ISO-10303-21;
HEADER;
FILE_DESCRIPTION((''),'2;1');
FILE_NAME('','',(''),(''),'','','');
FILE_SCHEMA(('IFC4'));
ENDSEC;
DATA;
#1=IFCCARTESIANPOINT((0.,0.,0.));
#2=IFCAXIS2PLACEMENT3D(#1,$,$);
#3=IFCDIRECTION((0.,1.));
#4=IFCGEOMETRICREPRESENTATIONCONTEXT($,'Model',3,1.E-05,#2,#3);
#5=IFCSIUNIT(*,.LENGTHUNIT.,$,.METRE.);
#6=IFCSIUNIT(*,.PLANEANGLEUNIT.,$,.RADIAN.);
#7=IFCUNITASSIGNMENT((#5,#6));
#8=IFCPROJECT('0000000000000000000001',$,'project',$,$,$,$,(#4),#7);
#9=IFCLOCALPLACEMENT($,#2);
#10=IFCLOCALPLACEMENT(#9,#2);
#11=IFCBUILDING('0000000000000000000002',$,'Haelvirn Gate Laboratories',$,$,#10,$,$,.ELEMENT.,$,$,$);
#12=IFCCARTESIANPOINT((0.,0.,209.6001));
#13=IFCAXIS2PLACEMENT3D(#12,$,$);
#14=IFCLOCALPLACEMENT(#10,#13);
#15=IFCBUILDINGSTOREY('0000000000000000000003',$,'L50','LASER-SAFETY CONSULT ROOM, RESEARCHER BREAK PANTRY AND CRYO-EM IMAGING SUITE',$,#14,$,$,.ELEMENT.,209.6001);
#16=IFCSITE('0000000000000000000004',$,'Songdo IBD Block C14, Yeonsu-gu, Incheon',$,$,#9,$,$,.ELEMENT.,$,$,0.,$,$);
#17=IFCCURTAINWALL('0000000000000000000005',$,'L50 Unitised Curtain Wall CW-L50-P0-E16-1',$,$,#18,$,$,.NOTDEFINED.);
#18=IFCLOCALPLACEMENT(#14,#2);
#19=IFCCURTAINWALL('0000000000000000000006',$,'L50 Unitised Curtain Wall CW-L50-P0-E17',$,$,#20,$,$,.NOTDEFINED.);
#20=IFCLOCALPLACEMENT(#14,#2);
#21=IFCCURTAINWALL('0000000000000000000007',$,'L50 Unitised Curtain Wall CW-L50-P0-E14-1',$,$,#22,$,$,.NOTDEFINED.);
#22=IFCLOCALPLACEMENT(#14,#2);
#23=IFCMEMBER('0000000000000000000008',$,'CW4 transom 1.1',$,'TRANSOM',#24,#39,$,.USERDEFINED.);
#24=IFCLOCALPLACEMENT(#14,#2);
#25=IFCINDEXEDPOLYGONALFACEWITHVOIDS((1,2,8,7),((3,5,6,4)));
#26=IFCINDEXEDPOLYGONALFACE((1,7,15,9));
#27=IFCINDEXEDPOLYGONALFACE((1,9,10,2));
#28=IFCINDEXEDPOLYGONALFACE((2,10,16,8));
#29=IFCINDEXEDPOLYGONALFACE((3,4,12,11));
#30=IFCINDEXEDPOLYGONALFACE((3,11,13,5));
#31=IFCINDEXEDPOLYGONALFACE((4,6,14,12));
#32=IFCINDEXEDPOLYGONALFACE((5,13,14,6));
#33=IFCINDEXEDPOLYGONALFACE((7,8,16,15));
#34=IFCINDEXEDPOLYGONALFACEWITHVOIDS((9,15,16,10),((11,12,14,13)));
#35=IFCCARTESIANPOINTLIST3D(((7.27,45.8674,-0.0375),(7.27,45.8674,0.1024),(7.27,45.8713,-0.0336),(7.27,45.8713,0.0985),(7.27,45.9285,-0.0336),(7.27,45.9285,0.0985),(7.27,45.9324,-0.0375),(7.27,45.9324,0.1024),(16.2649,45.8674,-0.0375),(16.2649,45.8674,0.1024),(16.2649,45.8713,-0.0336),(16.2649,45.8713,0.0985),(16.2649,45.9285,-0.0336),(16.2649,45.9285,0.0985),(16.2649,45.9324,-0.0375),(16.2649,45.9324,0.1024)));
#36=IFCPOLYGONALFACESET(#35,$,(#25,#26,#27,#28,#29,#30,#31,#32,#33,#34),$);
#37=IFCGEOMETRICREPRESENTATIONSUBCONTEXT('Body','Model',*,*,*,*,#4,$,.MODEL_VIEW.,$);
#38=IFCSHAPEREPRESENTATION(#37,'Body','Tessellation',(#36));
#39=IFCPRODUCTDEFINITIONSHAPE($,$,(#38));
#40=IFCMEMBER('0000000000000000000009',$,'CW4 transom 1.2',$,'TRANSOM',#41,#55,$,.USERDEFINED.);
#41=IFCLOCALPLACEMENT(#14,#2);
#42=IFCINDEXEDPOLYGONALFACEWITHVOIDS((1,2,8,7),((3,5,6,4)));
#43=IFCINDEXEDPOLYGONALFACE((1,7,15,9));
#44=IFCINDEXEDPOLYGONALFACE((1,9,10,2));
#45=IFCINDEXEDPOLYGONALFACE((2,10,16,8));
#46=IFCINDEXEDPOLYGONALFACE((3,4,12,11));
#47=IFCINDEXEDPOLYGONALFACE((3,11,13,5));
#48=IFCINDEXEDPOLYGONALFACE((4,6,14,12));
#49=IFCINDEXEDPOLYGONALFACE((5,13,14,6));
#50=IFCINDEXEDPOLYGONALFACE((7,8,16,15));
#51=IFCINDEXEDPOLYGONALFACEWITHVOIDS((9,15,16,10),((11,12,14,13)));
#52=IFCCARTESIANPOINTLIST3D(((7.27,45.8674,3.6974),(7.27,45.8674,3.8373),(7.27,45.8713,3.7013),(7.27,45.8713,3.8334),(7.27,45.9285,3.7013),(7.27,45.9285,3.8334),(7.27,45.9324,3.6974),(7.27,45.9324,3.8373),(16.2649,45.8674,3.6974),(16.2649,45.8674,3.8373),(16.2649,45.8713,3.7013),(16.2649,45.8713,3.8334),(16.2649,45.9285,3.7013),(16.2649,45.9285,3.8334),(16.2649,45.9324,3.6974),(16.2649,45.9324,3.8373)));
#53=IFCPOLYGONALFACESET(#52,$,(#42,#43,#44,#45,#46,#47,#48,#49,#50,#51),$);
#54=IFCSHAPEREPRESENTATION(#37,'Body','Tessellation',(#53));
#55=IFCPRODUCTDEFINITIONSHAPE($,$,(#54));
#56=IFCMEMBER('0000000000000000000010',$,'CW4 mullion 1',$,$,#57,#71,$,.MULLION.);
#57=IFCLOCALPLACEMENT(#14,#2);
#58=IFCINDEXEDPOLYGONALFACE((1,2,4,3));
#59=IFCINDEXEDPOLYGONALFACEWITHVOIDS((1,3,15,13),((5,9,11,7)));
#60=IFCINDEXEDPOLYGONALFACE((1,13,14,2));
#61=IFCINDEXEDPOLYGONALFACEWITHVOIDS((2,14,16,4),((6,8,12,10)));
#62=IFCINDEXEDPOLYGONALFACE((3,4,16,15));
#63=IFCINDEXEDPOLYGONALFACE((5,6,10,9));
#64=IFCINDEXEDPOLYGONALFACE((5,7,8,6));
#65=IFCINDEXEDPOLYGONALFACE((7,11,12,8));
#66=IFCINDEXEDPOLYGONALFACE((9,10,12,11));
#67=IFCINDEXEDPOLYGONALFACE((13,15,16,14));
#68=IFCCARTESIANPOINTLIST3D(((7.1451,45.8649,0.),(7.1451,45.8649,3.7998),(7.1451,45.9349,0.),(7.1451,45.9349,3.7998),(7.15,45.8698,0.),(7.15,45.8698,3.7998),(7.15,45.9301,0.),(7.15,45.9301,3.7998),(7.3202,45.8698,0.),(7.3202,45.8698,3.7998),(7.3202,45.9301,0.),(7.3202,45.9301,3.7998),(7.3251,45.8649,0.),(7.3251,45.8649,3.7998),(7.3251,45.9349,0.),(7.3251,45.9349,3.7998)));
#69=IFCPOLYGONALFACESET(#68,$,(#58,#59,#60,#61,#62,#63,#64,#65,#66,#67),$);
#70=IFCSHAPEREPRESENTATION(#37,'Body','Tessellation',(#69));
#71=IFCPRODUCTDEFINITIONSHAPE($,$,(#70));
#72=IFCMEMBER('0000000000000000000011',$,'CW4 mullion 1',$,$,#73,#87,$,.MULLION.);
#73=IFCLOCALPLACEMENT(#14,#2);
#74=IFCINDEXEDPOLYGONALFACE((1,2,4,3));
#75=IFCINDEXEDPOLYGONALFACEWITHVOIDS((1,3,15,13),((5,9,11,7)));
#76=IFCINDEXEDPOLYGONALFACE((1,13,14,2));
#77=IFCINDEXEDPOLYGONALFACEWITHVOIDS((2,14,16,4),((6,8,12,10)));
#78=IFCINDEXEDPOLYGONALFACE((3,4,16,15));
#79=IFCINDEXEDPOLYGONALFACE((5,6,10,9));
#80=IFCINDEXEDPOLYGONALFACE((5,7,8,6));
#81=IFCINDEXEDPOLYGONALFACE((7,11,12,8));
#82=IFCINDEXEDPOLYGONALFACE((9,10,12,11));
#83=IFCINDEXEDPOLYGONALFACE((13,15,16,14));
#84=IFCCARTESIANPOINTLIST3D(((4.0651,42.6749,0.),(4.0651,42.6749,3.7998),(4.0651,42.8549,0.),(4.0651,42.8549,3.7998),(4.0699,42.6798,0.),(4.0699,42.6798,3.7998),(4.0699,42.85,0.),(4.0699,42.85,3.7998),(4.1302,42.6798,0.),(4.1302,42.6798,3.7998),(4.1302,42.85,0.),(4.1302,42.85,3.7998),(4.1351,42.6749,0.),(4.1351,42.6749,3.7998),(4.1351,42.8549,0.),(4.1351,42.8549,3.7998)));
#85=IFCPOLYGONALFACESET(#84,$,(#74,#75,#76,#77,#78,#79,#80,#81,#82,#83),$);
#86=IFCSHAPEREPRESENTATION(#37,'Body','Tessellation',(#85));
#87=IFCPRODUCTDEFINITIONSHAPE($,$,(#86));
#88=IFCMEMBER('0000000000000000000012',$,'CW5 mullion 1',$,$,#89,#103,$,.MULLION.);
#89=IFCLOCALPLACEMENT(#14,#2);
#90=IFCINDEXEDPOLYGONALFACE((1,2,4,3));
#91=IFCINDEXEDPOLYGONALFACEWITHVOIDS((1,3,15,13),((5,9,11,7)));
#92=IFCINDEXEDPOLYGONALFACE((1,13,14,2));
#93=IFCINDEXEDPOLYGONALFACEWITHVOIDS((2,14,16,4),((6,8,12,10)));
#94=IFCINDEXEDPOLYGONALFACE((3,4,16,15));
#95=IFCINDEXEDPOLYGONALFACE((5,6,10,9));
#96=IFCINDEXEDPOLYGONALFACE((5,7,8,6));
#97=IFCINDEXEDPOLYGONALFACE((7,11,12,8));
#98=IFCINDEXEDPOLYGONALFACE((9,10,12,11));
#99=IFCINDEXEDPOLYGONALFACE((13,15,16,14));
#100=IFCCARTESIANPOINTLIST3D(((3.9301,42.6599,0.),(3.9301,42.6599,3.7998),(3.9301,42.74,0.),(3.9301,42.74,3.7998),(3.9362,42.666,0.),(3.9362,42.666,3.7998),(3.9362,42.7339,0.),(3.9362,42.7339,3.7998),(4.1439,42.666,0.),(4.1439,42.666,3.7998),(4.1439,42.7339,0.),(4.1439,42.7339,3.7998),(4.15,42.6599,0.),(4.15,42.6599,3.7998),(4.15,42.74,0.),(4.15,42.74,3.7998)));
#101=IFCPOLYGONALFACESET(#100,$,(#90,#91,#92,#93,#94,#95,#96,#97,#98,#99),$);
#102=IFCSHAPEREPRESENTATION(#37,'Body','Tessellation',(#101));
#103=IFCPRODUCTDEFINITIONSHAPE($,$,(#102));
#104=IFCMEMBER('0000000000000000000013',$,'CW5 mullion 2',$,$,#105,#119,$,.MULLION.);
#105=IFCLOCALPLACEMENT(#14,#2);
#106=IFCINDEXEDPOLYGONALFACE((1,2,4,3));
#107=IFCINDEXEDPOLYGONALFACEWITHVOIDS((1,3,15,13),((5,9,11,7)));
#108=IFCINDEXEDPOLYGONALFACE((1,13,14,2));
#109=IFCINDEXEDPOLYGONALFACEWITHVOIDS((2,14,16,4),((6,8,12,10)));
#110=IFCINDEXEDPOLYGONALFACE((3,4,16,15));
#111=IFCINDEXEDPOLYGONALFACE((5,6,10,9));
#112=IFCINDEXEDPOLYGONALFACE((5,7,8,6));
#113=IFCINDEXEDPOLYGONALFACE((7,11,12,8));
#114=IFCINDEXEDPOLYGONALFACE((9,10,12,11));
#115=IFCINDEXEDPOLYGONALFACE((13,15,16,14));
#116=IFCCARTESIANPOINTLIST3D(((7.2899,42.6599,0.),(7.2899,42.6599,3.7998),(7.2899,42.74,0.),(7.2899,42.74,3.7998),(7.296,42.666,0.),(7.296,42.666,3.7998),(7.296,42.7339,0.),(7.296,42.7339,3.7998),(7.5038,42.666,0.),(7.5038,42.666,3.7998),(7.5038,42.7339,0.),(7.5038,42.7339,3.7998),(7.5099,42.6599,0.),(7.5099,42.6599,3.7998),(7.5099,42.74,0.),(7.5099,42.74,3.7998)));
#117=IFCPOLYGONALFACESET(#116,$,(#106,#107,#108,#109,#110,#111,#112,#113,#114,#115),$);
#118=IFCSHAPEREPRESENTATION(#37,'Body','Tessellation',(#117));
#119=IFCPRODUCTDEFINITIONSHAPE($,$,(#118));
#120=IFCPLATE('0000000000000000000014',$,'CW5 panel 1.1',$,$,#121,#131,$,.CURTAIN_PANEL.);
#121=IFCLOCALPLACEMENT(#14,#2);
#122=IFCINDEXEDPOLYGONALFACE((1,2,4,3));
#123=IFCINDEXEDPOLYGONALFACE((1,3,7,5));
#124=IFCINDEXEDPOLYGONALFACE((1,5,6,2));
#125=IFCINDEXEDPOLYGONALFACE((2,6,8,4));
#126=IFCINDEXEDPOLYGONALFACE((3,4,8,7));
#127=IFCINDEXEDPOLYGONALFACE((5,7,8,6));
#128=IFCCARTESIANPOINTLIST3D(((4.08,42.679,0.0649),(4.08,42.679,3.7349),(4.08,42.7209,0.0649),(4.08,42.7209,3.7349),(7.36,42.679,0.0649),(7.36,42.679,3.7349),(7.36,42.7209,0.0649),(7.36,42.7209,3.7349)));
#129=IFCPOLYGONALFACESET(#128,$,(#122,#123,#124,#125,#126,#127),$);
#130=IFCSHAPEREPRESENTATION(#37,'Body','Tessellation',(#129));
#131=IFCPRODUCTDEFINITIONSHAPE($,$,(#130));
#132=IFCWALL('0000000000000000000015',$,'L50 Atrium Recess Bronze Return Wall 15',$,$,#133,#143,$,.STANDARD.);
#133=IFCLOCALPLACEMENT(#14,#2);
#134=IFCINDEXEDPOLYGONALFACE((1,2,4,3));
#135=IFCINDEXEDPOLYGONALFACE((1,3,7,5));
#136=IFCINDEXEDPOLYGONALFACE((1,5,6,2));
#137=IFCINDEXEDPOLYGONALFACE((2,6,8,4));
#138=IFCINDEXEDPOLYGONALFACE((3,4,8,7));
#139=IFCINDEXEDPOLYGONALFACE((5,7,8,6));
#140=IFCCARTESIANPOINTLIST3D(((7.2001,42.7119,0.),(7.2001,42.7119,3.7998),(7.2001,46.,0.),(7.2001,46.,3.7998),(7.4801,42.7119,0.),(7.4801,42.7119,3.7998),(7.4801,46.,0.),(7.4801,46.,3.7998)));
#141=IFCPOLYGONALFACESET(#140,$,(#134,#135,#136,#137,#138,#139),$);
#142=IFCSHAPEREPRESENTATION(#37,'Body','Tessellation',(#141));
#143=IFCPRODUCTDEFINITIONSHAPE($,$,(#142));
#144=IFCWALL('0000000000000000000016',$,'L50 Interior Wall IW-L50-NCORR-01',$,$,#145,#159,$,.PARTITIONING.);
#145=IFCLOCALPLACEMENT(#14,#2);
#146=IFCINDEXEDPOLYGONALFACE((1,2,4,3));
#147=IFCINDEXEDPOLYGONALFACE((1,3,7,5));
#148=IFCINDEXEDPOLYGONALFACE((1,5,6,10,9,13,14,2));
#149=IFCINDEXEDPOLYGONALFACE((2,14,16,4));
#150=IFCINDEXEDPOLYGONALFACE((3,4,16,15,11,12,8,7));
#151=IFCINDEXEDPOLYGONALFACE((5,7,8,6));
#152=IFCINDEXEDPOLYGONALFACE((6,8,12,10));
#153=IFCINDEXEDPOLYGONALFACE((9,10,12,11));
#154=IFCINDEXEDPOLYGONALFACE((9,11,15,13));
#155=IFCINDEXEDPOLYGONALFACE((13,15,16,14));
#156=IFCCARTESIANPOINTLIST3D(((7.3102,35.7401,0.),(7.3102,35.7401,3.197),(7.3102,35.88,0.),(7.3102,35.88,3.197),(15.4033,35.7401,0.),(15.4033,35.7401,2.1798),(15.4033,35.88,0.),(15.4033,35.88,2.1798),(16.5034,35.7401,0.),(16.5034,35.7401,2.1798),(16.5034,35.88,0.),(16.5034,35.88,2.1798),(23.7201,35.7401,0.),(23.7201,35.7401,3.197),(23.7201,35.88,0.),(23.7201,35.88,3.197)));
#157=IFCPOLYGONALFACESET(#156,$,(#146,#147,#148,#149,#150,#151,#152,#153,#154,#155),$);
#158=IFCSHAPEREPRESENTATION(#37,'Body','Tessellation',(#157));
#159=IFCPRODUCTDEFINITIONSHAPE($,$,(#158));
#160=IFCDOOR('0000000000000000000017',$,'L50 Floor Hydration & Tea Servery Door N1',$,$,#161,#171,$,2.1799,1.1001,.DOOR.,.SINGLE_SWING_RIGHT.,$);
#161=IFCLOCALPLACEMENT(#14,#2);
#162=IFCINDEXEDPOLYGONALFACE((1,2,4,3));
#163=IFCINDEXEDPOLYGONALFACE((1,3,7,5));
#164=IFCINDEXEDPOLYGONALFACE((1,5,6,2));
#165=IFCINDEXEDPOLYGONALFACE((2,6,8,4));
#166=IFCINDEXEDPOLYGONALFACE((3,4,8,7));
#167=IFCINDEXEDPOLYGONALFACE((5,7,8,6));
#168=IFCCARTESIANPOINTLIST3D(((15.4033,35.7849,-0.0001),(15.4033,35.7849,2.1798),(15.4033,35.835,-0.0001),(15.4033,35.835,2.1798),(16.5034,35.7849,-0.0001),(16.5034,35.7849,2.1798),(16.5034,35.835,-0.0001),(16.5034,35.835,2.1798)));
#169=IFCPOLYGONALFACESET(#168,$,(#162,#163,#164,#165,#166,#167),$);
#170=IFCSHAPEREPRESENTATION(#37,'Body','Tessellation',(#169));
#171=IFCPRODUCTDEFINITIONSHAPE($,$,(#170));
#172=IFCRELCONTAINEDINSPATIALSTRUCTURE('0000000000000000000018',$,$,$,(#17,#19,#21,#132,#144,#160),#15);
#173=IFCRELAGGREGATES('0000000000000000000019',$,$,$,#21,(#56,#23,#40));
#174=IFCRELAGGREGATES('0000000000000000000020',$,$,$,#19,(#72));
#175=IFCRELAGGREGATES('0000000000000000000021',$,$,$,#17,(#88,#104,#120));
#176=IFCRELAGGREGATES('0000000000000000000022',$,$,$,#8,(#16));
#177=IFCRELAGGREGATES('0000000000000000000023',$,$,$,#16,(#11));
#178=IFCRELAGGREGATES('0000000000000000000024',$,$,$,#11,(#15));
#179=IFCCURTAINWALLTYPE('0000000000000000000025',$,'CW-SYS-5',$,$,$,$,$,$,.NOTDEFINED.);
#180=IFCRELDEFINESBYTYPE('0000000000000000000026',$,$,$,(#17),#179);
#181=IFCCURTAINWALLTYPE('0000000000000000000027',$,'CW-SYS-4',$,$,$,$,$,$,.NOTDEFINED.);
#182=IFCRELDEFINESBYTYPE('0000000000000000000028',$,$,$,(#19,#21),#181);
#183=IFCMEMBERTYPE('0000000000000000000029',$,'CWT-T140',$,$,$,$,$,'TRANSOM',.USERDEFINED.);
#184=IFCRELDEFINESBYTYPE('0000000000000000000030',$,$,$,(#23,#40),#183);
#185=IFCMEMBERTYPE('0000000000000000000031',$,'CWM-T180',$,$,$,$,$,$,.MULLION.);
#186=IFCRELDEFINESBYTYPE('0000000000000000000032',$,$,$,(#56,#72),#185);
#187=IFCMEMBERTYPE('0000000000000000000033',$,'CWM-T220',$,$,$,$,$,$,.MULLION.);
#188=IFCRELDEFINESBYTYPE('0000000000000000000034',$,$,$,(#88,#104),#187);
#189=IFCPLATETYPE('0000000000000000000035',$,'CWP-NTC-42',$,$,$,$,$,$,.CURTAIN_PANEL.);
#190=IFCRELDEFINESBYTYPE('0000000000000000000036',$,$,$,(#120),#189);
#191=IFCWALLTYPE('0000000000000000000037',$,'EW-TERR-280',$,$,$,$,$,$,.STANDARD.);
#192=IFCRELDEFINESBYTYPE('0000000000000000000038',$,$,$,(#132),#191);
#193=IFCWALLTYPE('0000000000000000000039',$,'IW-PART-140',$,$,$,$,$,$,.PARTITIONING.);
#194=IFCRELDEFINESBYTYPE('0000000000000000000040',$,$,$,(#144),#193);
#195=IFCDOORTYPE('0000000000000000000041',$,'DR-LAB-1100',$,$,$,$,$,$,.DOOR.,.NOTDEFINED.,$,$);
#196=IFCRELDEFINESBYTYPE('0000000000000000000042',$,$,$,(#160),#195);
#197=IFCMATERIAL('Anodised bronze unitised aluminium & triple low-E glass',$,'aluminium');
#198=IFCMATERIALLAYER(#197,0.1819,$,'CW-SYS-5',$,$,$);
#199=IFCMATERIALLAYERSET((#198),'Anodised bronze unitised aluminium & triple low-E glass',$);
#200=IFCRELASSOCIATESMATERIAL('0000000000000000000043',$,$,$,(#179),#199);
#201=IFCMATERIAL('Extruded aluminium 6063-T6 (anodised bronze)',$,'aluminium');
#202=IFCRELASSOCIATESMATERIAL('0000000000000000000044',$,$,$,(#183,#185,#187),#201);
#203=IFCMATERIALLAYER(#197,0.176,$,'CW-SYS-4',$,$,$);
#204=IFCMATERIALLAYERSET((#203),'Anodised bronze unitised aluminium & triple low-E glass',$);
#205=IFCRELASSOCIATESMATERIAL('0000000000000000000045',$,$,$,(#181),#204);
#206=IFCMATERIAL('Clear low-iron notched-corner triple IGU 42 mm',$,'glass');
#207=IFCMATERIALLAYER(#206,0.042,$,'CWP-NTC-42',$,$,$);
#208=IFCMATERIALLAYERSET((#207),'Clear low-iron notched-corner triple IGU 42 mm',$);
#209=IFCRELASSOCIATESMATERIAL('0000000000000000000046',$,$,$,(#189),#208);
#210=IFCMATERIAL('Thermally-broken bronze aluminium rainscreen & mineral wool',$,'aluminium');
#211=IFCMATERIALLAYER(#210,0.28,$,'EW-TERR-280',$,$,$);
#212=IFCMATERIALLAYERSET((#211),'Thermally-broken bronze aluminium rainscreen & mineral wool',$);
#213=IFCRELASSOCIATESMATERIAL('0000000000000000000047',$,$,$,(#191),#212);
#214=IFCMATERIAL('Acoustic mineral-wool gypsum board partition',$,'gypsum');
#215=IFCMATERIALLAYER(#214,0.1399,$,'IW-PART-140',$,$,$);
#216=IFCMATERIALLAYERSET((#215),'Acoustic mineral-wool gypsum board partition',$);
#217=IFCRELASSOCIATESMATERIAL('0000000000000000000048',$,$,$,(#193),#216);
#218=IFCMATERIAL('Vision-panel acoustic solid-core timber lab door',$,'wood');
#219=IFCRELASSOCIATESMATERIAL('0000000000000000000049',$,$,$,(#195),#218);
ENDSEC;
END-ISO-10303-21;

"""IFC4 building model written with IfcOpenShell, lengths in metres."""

from ifc_helpers import new_model, si_unit, direction, frame, frame_2d, origin, origin_2d, place, context, subcontext, project, spatial, rectangle, hollow_rectangle, extrude, source, transform, mapped, material, layer, layer_set, material_profile, profile_set, type_object, type_shapes, element, fill, aggregate, save


model = new_model("IFC4")

# Units and contexts
model_context = context("Model", 3, precision=1e-05, world=origin(), true_north=direction((0.0, 1.0)))
body_context = subcontext(model_context, "Body", "Model", "MODEL_VIEW")
ifc_project = project(units=[si_unit("LENGTHUNIT", "METRE"), si_unit("PLANEANGLEUNIT", "RADIAN")], contexts=[model_context])

# Site, building, storey
site_placement = place(None, origin())
site = spatial("IfcSite", under=ifc_project, at=site_placement, Name="Songdo IBD Block C14, Yeonsu-gu, Incheon", CompositionType="ELEMENT", RefElevation=0.0)
building_placement = place(site_placement, origin())
building = spatial("IfcBuilding", under=site, at=building_placement, Name="Haelvirn Gate Laboratories", CompositionType="ELEMENT")
storey_placement = place(building_placement, frame((0.0, 0.0, 209.6001)))
storey = spatial("IfcBuildingStorey", under=building, at=storey_placement, Name="L50", Description="LASER-SAFETY CONSULT ROOM, RESEARCHER BREAK PANTRY AND CRYO-EM IMAGING SUITE", CompositionType="ELEMENT", Elevation=209.6001)

# Curtain walls, members
ifc_material_1 = material(Name="Anodised bronze unitised aluminium & triple low-E glass", Category="aluminium")
ifc_layer_1 = layer(ifc_material_1, 0.1819, Name="CW-SYS-5")
ifc_layer_set_1 = layer_set([ifc_layer_1], Name="Anodised bronze unitised aluminium & triple low-E glass")
curtain_wall_type_1 = type_object("IfcCurtainWallType", Name="CW-SYS-5", PredefinedType="NOTDEFINED", material=ifc_layer_set_1)
curtain_wall_1_placement = place(storey_placement, origin())
curtain_wall_1 = element("IfcCurtainWall", 1, at=curtain_wall_1_placement, inside=storey, type_object=curtain_wall_type_1, Name="L50 Unitised Curtain Wall CW-L50-P0-E16-1", PredefinedType="NOTDEFINED")
ifc_material_2 = material(Name="Extruded aluminium 6063-T6 (anodised bronze)", Category="aluminium")
ifc_material_profile_1 = material_profile(ifc_material_2, hollow_rectangle(XDim=0.0649, YDim=0.1399, WallThickness=0.0039, at=origin_2d()), Name="CWT-140x65x4")
ifc_profile_set_1 = profile_set([ifc_material_profile_1], Name="Extruded aluminium 6063-T6 (anodised bronze)")
member_type_1 = type_object("IfcMemberType", Name="CWT-T140", ElementType="TRANSOM", PredefinedType="USERDEFINED", material=ifc_profile_set_1)
ifc_layer_2 = layer(ifc_material_1, 0.176, Name="CW-SYS-4")
ifc_layer_set_2 = layer_set([ifc_layer_2], Name="Anodised bronze unitised aluminium & triple low-E glass")
curtain_wall_type_2 = type_object("IfcCurtainWallType", Name="CW-SYS-4", PredefinedType="NOTDEFINED", material=ifc_layer_set_2)
curtain_wall_2_placement = place(storey_placement, origin())
curtain_wall_2 = element("IfcCurtainWall", 2, at=curtain_wall_2_placement, inside=storey, type_object=curtain_wall_type_2, Name="L50 Unitised Curtain Wall CW-L50-P0-E17", PredefinedType="NOTDEFINED")
curtain_wall_3_placement = place(storey_placement, origin())
curtain_wall_3 = element("IfcCurtainWall", 3, at=curtain_wall_3_placement, inside=storey, type_object=curtain_wall_type_2, Name="L50 Unitised Curtain Wall CW-L50-P0-E14-1", PredefinedType="NOTDEFINED")
shared_shape_1 = source(origin(), body_context, "Body", "SweptSolid", [
    extrude(hollow_rectangle(XDim=0.0649, YDim=0.1399, WallThickness=0.0039, at=origin_2d()), origin(), (0.0, 0.0, 1.0), 8.9949),
])
member_1_placement = place(storey_placement, frame((7.27, 45.8999, 0.0325), z_axis=(1.0, 0.0, 0.0), x_axis=(0.0, 1.0, 0.0)))
member_1 = element("IfcMember", 4, at=member_1_placement, type_object=member_type_1, Name="CW4 transom 1.1", ObjectType="TRANSOM", PredefinedType="USERDEFINED", context=body_context, shape_type="MappedRepresentation", body=[
    mapped(shared_shape_1, transform((0.0, 0.0, 0.0), scale=1.0)),
])
member_2_placement = place(storey_placement, frame((7.27, 45.8999, 3.7673), z_axis=(1.0, 0.0, 0.0), x_axis=(0.0, 1.0, 0.0)))
member_2 = element("IfcMember", 5, at=member_2_placement, type_object=member_type_1, Name="CW4 transom 1.2", ObjectType="TRANSOM", PredefinedType="USERDEFINED", context=body_context, shape_type="MappedRepresentation", body=[
    mapped(shared_shape_1, transform((0.0, 0.0, 0.0), scale=1.0)),
])
ifc_material_profile_2 = material_profile(ifc_material_2, hollow_rectangle(XDim=0.0701, YDim=0.1799, WallThickness=0.0049, at=origin_2d()), Name="CWM-180x70x5")
ifc_profile_set_2 = profile_set([ifc_material_profile_2], Name="Extruded aluminium 6063-T6 (anodised bronze)")
member_type_2 = type_object("IfcMemberType", Name="CWM-T180", PredefinedType="MULLION", material=ifc_profile_set_2)
shared_shape_2 = source(origin(), body_context, "Body", "SweptSolid", [
    extrude(hollow_rectangle(XDim=0.0701, YDim=0.1799, WallThickness=0.0049, at=origin_2d()), origin(), (0.0, 0.0, 1.0), 3.7998),
])
type_shapes(member_type_2, [shared_shape_2])
member_3_placement = place(storey_placement, frame((7.2351, 45.8999, 0.0), z_axis=(0.0, 0.0, 1.0), x_axis=(0.0, 1.0, 0.0)))
member_3 = element("IfcMember", 6, at=member_3_placement, type_object=member_type_2, Name="CW4 mullion 1", PredefinedType="MULLION", context=body_context, shape_type="MappedRepresentation", body=[
    mapped(shared_shape_2, transform((0.0, 0.0, 0.0), scale=1.0)),
])
aggregate(curtain_wall_3, [member_3, member_1, member_2])

# Members
member_4_placement = place(storey_placement, frame((4.1001, 42.7649, 0.0), z_axis=(0.0, 0.0, 1.0), x_axis=(1.0, 0.0, 0.0)))
member_4 = element("IfcMember", 7, at=member_4_placement, type_object=member_type_2, Name="CW4 mullion 1", PredefinedType="MULLION", context=body_context, shape_type="MappedRepresentation", body=[
    mapped(shared_shape_2, transform((0.0, 0.0, 0.0), scale=1.0)),
])
aggregate(curtain_wall_2, [member_4])
ifc_material_profile_3 = material_profile(ifc_material_2, hollow_rectangle(XDim=0.0801, YDim=0.22, WallThickness=0.0061, at=origin_2d()), Name="CWM-220x80x6")
ifc_profile_set_3 = profile_set([ifc_material_profile_3], Name="Extruded aluminium 6063-T6 (anodised bronze)")
member_type_3 = type_object("IfcMemberType", Name="CWM-T220", PredefinedType="MULLION", material=ifc_profile_set_3)
shared_shape_3 = source(origin(), body_context, "Body", "SweptSolid", [
    extrude(hollow_rectangle(XDim=0.0801, YDim=0.22, WallThickness=0.0061, at=origin_2d()), origin(), (0.0, 0.0, 1.0), 3.7998),
])
type_shapes(member_type_3, [shared_shape_3])
member_5_placement = place(storey_placement, frame((4.04, 42.7, 0.0), z_axis=(0.0, 0.0, 1.0), x_axis=(0.0, 1.0, 0.0)))
member_5 = element("IfcMember", 8, at=member_5_placement, type_object=member_type_3, Name="CW5 mullion 1", PredefinedType="MULLION", context=body_context, shape_type="MappedRepresentation", body=[
    mapped(shared_shape_3, transform((0.0, 0.0, 0.0), scale=1.0)),
])
member_6_placement = place(storey_placement, frame((7.3999, 42.7, 0.0), z_axis=(0.0, 0.0, 1.0), x_axis=(0.0, 1.0, 0.0)))
member_6 = element("IfcMember", 9, at=member_6_placement, type_object=member_type_3, Name="CW5 mullion 2", PredefinedType="MULLION", context=body_context, shape_type="MappedRepresentation", body=[
    mapped(shared_shape_3, transform((0.0, 0.0, 0.0), scale=1.0)),
])

# Plate
ifc_material_3 = material(Name="Clear low-iron notched-corner triple IGU 42 mm", Category="glass")
ifc_layer_3 = layer(ifc_material_3, 0.042, Name="CWP-NTC-42")
ifc_layer_set_3 = layer_set([ifc_layer_3], Name="Clear low-iron notched-corner triple IGU 42 mm")
plate_type = type_object("IfcPlateType", Name="CWP-NTC-42", PredefinedType="CURTAIN_PANEL", material=ifc_layer_set_3)
shared_shape_4 = source(origin(), body_context, "Body", "SweptSolid", [
    extrude(rectangle(XDim=3.28, YDim=0.042, at=origin_2d()), origin(), (0.0, 0.0, 1.0), 3.6699),
])
type_shapes(plate_type, [shared_shape_4])
plate_placement = place(storey_placement, frame((5.72, 42.7, 0.0649), z_axis=(0.0, 0.0, 1.0), x_axis=(1.0, 0.0, 0.0)))
plate = element("IfcPlate", 10, at=plate_placement, type_object=plate_type, Name="CW5 panel 1.1", PredefinedType="CURTAIN_PANEL", context=body_context, shape_type="MappedRepresentation", body=[
    mapped(shared_shape_4, transform((0.0, 0.0, 0.0), scale=1.0)),
])
aggregate(curtain_wall_1, [member_5, member_6, plate])

# Wall
ifc_material_4 = material(Name="Thermally-broken bronze aluminium rainscreen & mineral wool", Category="aluminium")
ifc_layer_4 = layer(ifc_material_4, 0.28, Name="EW-TERR-280")
ifc_layer_set_4 = layer_set([ifc_layer_4], Name="Thermally-broken bronze aluminium rainscreen & mineral wool")
wall_type_1 = type_object("IfcWallType", Name="EW-TERR-280", PredefinedType="STANDARD", material=ifc_layer_set_4)
wall_1_placement = place(storey_placement, frame((7.3401, 46.0, 0.0), z_axis=(0.0, 0.0, 1.0), x_axis=(0.0, -1.0, 0.0)))
element("IfcWall", 11, at=wall_1_placement, inside=storey, type_object=wall_type_1, Name="L50 Atrium Recess Bronze Return Wall 15", PredefinedType="STANDARD", context=body_context, shape_type="SweptSolid", body=[
    extrude(rectangle(XDim=3.2881, YDim=0.28, at=frame_2d((1.644, 0.0))), origin(), (0.0, 0.0, 1.0), 3.7998),
])

# Wall, opening, door
ifc_material_5 = material(Name="Acoustic mineral-wool gypsum board partition", Category="gypsum")
ifc_layer_5 = layer(ifc_material_5, 0.1399, Name="IW-PART-140")
ifc_layer_set_5 = layer_set([ifc_layer_5], Name="Acoustic mineral-wool gypsum board partition")
wall_type_2 = type_object("IfcWallType", Name="IW-PART-140", PredefinedType="PARTITIONING", material=ifc_layer_set_5)
wall_2_placement = place(storey_placement, frame((7.3101, 35.8101, 0.0), z_axis=(0.0, 0.0, 1.0), x_axis=(1.0, 0.0, 0.0)))
wall_2 = element("IfcWall", 12, at=wall_2_placement, inside=storey, type_object=wall_type_2, Name="L50 Interior Wall IW-L50-NCORR-01", PredefinedType="PARTITIONING", context=body_context, shape_type="SweptSolid", body=[
    extrude(rectangle(XDim=16.4099, YDim=0.1399, at=frame_2d((8.2051, 0.0))), origin(), (0.0, 0.0, 1.0), 3.197),
])
opening_1_placement = place(wall_2_placement, frame((8.0933, 0.0, 0.0)))
opening_1 = element("IfcOpeningElement", 13, at=opening_1_placement, cuts=wall_2, PredefinedType="OPENING", context=body_context, shape_type="SweptSolid", body=[
    extrude(rectangle(XDim=1.1001, YDim=2.1799, at=frame_2d((0.55, 1.0898))), frame((0.0, 0.0801, 0.0), z_axis=(0.0, -1.0, 0.0), x_axis=(1.0, 0.0, 0.0)), (0.0, 0.0, 1.0), 0.1599),
])
ifc_material_6 = material(Name="Vision-panel acoustic solid-core timber lab door", Category="wood")
door_type_1 = type_object("IfcDoorType", Name="DR-LAB-1100", OperationType="NOTDEFINED", PredefinedType="DOOR", material=ifc_material_6)
shared_shape_5 = source(origin(), body_context, "Body", "SweptSolid", [
    extrude(rectangle(XDim=1.1001, YDim=2.1799, at=frame_2d((0.55, 1.0898))), frame((0.0, 0.0249, 0.0), z_axis=(0.0, -1.0, 0.0), x_axis=(1.0, 0.0, 0.0)), (0.0, 0.0, 1.0), 0.05),
])
type_shapes(door_type_1, [shared_shape_5])
door_1_placement = place(opening_1_placement, origin())
door_1 = element("IfcDoor", 14, at=door_1_placement, inside=storey, type_object=door_type_1, Name="L50 Floor Hydration & Tea Servery Door N1", OperationType="SINGLE_SWING_RIGHT", OverallHeight=2.1799, OverallWidth=1.1001, PredefinedType="DOOR", context=body_context, shape_type="MappedRepresentation", body=[
    mapped(shared_shape_5, transform((0.0, 0.0, 0.0), scale=1.0)),
])
fill(opening_1, door_1)

save(model, "model.ifc")
